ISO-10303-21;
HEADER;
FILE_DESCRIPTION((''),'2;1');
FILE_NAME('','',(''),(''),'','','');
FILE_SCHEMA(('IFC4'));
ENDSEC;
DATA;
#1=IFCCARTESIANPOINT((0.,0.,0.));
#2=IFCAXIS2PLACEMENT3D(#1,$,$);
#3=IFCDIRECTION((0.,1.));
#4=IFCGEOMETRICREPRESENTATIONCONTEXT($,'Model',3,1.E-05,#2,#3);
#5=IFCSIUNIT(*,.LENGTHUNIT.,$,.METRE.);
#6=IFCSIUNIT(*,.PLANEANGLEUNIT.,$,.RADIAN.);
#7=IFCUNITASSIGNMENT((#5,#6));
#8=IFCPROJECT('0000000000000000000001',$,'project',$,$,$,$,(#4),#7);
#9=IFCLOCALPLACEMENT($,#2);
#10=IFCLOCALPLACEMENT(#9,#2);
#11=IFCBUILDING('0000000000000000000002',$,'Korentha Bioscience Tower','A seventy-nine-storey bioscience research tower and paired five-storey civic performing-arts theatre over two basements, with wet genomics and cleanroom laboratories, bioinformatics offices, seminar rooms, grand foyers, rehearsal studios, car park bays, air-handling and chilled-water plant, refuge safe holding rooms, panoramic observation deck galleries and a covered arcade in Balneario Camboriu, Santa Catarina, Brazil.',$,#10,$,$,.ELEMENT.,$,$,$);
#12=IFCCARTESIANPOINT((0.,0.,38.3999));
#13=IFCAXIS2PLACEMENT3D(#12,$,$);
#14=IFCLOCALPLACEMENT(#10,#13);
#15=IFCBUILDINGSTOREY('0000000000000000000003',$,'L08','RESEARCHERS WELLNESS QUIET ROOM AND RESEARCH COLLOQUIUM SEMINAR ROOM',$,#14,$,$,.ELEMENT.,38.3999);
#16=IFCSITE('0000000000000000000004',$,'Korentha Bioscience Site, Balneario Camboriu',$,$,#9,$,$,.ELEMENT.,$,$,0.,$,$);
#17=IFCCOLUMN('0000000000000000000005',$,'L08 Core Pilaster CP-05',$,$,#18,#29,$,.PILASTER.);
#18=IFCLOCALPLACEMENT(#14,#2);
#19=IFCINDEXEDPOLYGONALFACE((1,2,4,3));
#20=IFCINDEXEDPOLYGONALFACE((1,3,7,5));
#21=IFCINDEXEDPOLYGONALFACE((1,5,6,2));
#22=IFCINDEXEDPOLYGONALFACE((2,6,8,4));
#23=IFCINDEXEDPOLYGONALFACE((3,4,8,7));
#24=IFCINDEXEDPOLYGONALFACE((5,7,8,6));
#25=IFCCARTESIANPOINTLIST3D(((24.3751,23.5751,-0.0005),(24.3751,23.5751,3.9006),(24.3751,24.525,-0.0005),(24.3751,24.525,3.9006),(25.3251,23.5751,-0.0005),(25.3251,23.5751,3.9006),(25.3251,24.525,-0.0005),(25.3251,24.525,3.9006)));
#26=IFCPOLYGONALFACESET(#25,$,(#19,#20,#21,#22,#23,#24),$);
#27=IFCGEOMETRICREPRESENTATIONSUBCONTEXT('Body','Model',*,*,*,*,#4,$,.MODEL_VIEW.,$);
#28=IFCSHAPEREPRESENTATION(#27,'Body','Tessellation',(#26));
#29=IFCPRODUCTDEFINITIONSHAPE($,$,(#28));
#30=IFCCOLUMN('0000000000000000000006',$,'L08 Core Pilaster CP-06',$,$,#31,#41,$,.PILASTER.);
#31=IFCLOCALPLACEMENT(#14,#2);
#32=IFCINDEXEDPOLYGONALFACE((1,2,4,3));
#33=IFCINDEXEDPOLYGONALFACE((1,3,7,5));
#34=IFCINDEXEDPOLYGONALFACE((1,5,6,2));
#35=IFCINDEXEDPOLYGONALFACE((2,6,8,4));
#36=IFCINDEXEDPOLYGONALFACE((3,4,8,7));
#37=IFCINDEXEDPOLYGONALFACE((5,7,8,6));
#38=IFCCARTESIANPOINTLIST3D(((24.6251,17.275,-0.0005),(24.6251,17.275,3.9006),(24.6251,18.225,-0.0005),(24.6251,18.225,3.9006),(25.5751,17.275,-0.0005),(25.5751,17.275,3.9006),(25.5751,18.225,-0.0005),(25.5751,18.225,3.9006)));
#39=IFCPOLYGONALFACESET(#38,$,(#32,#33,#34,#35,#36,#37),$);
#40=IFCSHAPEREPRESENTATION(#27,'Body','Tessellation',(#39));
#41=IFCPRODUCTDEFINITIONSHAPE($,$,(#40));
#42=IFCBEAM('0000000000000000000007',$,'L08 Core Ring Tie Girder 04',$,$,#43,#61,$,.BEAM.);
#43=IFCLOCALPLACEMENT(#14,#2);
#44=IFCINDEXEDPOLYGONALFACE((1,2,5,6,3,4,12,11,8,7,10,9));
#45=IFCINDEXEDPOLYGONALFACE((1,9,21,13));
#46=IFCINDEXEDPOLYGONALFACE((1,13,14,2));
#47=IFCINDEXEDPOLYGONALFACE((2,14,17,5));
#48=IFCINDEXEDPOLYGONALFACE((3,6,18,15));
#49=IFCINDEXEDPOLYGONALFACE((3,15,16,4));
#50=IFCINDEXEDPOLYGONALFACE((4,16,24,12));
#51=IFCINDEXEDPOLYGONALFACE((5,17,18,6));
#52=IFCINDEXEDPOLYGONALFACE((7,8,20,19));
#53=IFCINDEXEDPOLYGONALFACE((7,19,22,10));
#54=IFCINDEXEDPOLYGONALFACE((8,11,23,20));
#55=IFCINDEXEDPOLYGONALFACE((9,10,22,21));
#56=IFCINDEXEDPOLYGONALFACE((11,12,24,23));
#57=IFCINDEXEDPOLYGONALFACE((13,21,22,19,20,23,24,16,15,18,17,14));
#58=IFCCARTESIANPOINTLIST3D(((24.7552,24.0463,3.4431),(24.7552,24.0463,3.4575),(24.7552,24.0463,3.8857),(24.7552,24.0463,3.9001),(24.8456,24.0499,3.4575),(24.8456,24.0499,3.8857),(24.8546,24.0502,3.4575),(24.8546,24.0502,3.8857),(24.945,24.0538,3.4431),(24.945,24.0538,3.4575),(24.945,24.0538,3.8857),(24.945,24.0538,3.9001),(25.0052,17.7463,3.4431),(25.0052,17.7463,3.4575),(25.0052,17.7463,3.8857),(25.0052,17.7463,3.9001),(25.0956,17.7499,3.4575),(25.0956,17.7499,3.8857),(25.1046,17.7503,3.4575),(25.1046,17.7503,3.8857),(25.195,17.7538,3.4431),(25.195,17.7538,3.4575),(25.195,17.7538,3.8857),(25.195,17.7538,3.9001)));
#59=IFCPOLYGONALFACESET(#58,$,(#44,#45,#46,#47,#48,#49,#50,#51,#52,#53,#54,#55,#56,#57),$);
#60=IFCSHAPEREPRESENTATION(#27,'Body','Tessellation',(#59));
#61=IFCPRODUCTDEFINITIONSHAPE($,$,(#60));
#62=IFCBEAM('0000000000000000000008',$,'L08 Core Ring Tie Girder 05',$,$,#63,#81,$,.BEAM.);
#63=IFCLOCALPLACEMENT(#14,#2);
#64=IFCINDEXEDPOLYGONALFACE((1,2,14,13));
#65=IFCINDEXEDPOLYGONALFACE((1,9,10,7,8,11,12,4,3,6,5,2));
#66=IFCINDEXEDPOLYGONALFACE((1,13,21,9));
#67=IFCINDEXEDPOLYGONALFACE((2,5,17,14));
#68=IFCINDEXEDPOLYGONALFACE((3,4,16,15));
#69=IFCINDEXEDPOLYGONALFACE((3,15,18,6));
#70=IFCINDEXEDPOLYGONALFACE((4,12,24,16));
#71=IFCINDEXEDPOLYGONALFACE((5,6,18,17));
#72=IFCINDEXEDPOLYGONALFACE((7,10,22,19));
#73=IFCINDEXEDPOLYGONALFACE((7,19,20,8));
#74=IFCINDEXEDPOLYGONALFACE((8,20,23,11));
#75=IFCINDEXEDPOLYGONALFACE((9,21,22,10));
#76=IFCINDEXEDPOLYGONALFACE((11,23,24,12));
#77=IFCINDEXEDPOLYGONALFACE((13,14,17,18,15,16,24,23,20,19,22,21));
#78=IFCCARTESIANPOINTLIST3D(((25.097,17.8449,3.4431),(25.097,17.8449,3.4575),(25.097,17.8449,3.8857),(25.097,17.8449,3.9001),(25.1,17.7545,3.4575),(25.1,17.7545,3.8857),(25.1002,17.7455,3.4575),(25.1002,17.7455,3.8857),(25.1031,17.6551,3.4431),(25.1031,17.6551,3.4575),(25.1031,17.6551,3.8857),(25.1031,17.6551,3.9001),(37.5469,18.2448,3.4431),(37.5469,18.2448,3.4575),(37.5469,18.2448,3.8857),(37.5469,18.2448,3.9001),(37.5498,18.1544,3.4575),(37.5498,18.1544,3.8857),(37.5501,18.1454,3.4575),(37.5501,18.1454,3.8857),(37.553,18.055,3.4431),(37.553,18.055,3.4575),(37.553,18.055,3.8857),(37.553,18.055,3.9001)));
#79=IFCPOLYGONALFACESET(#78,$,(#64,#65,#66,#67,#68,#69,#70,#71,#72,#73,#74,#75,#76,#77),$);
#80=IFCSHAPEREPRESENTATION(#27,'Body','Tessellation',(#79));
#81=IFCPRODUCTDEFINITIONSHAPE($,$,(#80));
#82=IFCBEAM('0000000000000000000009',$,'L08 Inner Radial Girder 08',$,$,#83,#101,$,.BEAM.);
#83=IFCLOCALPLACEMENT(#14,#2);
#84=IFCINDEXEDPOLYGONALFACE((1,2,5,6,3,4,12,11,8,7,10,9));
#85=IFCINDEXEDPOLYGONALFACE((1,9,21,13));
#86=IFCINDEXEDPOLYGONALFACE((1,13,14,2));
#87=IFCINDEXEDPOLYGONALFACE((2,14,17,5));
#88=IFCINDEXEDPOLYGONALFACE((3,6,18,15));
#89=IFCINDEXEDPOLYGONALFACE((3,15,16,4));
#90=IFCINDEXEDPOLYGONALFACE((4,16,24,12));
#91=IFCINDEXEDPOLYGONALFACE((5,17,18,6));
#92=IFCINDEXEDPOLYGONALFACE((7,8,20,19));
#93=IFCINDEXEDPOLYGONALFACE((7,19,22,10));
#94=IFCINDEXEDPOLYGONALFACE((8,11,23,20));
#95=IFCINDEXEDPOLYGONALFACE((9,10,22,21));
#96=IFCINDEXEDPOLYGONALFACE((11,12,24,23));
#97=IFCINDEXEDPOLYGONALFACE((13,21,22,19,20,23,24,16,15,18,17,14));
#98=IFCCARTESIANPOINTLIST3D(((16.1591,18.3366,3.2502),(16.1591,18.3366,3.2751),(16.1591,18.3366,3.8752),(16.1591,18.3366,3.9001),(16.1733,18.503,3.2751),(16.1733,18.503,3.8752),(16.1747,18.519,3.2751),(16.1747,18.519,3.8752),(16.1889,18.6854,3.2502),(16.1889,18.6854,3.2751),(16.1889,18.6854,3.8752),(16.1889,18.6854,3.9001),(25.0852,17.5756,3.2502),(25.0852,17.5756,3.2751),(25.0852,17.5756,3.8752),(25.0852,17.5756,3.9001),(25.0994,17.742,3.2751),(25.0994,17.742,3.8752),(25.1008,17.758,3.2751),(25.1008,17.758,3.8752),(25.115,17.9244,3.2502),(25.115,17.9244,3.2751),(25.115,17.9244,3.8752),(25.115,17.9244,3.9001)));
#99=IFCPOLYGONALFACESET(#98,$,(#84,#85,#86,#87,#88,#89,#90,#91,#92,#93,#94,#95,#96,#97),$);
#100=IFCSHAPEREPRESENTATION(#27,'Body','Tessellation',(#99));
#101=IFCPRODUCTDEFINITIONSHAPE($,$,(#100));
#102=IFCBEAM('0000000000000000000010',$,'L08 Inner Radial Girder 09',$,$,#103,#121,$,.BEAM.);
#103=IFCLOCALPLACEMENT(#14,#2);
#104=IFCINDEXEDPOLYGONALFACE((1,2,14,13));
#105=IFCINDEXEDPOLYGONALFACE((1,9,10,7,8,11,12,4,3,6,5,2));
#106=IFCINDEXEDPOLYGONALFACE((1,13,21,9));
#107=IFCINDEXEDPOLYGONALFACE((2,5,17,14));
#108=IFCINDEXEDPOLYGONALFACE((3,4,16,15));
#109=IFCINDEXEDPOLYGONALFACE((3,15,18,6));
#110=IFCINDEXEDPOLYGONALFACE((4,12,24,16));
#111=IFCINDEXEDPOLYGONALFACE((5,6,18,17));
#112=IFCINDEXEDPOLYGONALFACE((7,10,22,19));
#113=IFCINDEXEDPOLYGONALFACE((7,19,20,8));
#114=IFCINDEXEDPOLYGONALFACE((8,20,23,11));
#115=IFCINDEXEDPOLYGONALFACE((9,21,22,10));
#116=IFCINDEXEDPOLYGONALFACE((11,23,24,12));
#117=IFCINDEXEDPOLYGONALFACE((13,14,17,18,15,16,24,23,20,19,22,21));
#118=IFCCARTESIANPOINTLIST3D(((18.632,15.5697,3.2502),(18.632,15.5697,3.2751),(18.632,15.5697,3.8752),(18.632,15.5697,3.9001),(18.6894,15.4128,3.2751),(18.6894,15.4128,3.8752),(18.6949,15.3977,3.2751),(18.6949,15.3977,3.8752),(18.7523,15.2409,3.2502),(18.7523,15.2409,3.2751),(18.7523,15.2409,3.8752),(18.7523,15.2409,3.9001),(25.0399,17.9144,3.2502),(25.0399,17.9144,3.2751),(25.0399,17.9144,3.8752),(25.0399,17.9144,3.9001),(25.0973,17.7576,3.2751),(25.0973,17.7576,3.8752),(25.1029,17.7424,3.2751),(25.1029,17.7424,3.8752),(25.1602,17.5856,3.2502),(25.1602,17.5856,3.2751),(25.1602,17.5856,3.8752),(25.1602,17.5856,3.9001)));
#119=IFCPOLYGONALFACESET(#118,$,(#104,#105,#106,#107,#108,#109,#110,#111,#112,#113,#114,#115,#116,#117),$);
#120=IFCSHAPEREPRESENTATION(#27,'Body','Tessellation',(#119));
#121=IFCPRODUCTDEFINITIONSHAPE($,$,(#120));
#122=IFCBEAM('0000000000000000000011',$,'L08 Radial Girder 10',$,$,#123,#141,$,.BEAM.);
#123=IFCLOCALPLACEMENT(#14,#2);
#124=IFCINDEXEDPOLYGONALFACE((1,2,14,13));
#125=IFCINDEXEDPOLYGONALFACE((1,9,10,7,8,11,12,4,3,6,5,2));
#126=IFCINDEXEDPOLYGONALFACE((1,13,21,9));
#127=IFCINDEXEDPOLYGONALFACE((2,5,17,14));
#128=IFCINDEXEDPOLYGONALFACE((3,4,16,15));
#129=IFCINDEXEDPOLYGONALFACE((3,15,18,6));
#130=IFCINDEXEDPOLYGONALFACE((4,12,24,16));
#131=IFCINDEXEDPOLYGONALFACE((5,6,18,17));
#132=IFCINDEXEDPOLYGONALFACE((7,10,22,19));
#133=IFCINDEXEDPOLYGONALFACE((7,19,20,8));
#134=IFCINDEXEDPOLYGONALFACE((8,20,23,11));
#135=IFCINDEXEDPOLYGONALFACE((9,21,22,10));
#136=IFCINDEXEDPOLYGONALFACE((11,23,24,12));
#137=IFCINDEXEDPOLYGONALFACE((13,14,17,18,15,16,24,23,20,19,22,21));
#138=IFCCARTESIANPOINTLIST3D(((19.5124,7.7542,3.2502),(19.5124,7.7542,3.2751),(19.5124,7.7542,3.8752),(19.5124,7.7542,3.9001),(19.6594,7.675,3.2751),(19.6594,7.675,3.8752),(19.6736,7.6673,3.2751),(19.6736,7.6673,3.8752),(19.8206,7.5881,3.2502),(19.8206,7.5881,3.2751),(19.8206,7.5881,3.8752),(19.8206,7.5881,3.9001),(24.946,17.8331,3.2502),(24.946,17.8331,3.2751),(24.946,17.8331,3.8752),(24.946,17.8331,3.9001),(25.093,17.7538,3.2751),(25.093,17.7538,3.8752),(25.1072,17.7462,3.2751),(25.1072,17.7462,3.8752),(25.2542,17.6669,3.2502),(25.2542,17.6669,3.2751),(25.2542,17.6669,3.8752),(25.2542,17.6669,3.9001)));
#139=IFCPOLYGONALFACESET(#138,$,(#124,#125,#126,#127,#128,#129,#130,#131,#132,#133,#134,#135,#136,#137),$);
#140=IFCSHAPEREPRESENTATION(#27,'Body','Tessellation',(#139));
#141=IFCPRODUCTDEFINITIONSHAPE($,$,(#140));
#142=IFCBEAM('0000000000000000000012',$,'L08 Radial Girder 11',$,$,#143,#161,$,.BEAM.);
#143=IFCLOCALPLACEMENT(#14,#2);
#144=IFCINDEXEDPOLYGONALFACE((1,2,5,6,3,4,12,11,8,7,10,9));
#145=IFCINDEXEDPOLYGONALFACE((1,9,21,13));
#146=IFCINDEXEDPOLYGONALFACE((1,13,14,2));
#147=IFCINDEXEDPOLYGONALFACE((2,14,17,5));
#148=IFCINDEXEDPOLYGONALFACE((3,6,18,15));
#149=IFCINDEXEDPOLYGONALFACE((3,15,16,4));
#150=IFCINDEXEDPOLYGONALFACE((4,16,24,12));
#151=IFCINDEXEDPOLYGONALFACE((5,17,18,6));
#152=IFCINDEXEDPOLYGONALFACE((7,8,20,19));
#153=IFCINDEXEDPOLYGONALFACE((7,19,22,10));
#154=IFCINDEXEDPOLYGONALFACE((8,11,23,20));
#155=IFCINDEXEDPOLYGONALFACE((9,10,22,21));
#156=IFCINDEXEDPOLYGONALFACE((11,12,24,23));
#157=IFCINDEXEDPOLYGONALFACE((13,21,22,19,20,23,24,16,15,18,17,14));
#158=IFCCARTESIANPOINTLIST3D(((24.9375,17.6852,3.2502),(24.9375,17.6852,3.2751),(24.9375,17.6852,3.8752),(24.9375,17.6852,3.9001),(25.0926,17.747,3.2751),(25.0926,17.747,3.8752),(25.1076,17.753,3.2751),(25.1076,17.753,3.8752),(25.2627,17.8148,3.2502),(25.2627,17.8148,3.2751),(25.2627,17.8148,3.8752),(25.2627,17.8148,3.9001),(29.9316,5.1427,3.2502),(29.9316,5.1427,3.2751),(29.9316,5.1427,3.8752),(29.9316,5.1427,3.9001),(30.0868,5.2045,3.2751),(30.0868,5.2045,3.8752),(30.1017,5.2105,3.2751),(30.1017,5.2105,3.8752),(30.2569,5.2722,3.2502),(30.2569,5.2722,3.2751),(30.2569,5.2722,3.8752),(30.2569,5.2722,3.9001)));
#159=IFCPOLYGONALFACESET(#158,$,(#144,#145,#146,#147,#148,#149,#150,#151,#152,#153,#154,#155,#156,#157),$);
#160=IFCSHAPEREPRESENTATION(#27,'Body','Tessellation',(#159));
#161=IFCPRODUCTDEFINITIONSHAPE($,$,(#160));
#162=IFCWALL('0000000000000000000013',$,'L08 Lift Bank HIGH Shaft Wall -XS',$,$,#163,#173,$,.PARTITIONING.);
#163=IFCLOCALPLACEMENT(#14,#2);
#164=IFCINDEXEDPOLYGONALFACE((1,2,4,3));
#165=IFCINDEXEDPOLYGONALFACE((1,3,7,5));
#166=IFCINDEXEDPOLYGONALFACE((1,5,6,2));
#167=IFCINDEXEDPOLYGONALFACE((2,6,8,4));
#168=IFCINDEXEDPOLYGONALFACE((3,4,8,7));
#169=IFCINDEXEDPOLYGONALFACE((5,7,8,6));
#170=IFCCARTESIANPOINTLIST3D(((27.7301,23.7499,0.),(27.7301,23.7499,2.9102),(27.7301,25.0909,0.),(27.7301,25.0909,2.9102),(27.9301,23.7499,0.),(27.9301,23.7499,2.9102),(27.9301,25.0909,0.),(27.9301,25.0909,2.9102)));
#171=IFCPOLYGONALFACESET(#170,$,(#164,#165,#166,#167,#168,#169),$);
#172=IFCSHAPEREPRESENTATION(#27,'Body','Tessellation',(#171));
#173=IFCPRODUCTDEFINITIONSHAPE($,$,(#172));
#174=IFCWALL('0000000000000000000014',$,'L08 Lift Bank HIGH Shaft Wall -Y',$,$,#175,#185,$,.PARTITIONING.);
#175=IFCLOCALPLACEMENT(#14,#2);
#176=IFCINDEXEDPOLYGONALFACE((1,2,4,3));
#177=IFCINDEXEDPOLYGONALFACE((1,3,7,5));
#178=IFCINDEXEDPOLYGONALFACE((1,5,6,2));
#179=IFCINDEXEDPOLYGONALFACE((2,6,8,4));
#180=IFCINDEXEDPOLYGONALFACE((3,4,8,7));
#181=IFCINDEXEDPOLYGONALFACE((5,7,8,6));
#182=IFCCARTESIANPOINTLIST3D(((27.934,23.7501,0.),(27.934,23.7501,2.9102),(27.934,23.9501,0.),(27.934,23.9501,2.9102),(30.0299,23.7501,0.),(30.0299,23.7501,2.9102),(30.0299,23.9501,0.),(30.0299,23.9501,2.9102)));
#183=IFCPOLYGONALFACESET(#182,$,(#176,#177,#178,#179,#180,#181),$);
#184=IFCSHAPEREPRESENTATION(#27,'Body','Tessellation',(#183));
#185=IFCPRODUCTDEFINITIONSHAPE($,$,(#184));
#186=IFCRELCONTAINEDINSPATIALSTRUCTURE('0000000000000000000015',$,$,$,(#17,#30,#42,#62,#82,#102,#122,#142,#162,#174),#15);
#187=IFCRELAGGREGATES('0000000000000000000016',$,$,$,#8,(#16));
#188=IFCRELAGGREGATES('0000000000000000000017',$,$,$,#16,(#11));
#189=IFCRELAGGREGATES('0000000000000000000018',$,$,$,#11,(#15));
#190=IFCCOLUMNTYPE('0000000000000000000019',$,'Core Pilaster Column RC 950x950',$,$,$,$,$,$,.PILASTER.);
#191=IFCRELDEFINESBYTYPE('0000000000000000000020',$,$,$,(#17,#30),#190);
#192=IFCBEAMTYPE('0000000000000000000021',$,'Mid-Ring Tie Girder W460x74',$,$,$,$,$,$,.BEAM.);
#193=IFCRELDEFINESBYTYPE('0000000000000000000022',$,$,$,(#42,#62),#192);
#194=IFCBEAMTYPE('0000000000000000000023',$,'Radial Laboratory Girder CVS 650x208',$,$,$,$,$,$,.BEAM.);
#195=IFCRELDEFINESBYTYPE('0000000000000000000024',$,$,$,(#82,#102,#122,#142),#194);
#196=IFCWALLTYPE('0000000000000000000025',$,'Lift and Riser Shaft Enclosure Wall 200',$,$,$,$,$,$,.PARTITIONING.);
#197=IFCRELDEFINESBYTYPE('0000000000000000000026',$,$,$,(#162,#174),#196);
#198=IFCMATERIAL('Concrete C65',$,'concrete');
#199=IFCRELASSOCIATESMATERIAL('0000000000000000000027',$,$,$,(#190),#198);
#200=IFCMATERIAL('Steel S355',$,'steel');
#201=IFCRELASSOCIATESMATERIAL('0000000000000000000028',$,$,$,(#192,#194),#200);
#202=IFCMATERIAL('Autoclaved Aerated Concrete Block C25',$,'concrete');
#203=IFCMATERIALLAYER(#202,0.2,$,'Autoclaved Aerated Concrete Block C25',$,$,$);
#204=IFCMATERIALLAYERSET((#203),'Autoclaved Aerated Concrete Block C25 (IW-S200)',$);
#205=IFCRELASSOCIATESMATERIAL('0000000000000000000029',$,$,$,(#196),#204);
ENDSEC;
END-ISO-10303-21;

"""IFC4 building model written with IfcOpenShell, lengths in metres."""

from ifc_helpers import new_model, si_unit, direction, frame, frame_2d, origin, origin_2d, place, context, subcontext, project, spatial, rectangle, i_section, extrude, material, layer, layer_set, material_profile, profile_set, type_object, element, save


model = new_model("IFC4")

# Units and contexts
model_context = context("Model", 3, precision=1e-05, world=origin(), true_north=direction((0.0, 1.0)))
body_context = subcontext(model_context, "Body", "Model", "MODEL_VIEW")
ifc_project = project(units=[si_unit("LENGTHUNIT", "METRE"), si_unit("PLANEANGLEUNIT", "RADIAN")], contexts=[model_context])

# Site, building, storey
site_placement = place(None, origin())
site = spatial("IfcSite", under=ifc_project, at=site_placement, Name="Korentha Bioscience Site, Balneario Camboriu", CompositionType="ELEMENT", RefElevation=0.0)
building_placement = place(site_placement, origin())
building = spatial("IfcBuilding", under=site, at=building_placement, Name="Korentha Bioscience Tower", Description="A seventy-nine-storey bioscience research tower and paired five-storey civic performing-arts theatre over two basements, with wet genomics and cleanroom laboratories, bioinformatics offices, seminar rooms, grand foyers, rehearsal studios, car park bays, air-handling and chilled-water plant, refuge safe holding rooms, panoramic observation deck galleries and a covered arcade in Balneario Camboriu, Santa Catarina, Brazil.", CompositionType="ELEMENT")
storey_placement = place(building_placement, frame((0.0, 0.0, 38.3999)))
storey = spatial("IfcBuildingStorey", under=building, at=storey_placement, Name="L08", Description="RESEARCHERS WELLNESS QUIET ROOM AND RESEARCH COLLOQUIUM SEMINAR ROOM", CompositionType="ELEMENT", Elevation=38.3999)

# Columns
ifc_material_1 = material(Name="Concrete C65", Category="concrete")
ifc_material_profile_1 = material_profile(ifc_material_1, rectangle(XDim=0.95, YDim=0.95, at=origin_2d()), Name="Concrete C65")
ifc_profile_set_1 = profile_set([ifc_material_profile_1], Name="Concrete C65 (COL-CP09)")
column_type = type_object("IfcColumnType", Name="Core Pilaster Column RC 950x950", PredefinedType="PILASTER", material=ifc_profile_set_1)
for number, where, z_axis, x_axis, name in (
    (1, (24.8501, 24.05, -0.0005), (0.0, 0.0, 1.0), (1.0, 0.0, 0.0), "L08 Core Pilaster CP-05"),
    (2, (25.1001, 17.75, -0.0005), (0.0, 0.0, 1.0), (1.0, 0.0, 0.0), "L08 Core Pilaster CP-06"),
):
    element("IfcColumn", number, at=place(storey_placement, frame(where, z_axis=z_axis, x_axis=x_axis)), inside=storey, type_object=column_type, Name=name, PredefinedType="PILASTER", context=body_context, shape_type="SweptSolid", body=[
        extrude(rectangle(XDim=0.95, YDim=0.95, at=origin_2d()), origin(), (0.0, 0.0, 1.0), 3.9011),
    ])

# Beams
ifc_material_2 = material(Name="Steel S355", Category="steel")
ifc_material_profile_2 = material_profile(ifc_material_2, i_section(OverallWidth=0.1899, OverallDepth=0.457, WebThickness=0.009, FlangeThickness=0.0144, at=origin_2d()), Name="Steel S355")
ifc_profile_set_2 = profile_set([ifc_material_profile_2], Name="Steel S355 (MB-460)")
beam_type_1 = type_object("IfcBeamType", Name="Mid-Ring Tie Girder W460x74", PredefinedType="BEAM", material=ifc_profile_set_2)
beam_1_placement = place(storey_placement, frame((24.8501, 24.05, 3.6716), z_axis=(0.039651, -0.999214, 0.0), x_axis=(0.999214, 0.039651, 0.0)))
element("IfcBeam", 3, at=beam_1_placement, inside=storey, type_object=beam_type_1, Name="L08 Core Ring Tie Girder 04", PredefinedType="BEAM", context=body_context, shape_type="SweptSolid", body=[
    extrude(i_section(OverallWidth=0.1899, OverallDepth=0.457, WebThickness=0.009, FlangeThickness=0.0144, at=origin_2d()), origin(), (0.0, 0.0, 1.0), 6.3049),
])
beam_2_placement = place(storey_placement, frame((25.1001, 17.75, 3.6716), z_axis=(0.999485, 0.032104, 0.0), x_axis=(-0.032104, 0.999485, 0.0)))
element("IfcBeam", 4, at=beam_2_placement, inside=storey, type_object=beam_type_1, Name="L08 Core Ring Tie Girder 05", PredefinedType="BEAM", context=body_context, shape_type="SweptSolid", body=[
    extrude(i_section(OverallWidth=0.1899, OverallDepth=0.457, WebThickness=0.009, FlangeThickness=0.0144, at=origin_2d()), origin(), (0.0, 0.0, 1.0), 12.4563),
])
ifc_material_profile_3 = material_profile(ifc_material_2, i_section(OverallWidth=0.3501, OverallDepth=0.6499, WebThickness=0.0161, FlangeThickness=0.0249, at=origin_2d()), Name="Steel S355")
ifc_profile_set_3 = profile_set([ifc_material_profile_3], Name="Steel S355 (RB-650)")
beam_type_2 = type_object("IfcBeamType", Name="Radial Laboratory Girder CVS 650x208", PredefinedType="BEAM", material=ifc_profile_set_3)
beam_3_placement = place(storey_placement, frame((25.1001, 17.75, 3.5752), z_axis=(-0.996386, 0.084947, 0.0), x_axis=(-0.084947, -0.996386, 0.0)))
element("IfcBeam", 5, at=beam_3_placement, inside=storey, type_object=beam_type_2, Name="L08 Inner Radial Girder 08", PredefinedType="BEAM", context=body_context, shape_type="SweptSolid", body=[
    extrude(i_section(OverallWidth=0.3501, OverallDepth=0.6499, WebThickness=0.0161, FlangeThickness=0.0249, at=origin_2d()), origin(), (0.0, 0.0, 1.0), 8.9585),
])
beam_4_placement = place(storey_placement, frame((25.1001, 17.75, 3.5752), z_axis=(-0.939106, -0.343627, 0.0), x_axis=(0.343627, -0.939106, 0.0)))
element("IfcBeam", 6, at=beam_4_placement, inside=storey, type_object=beam_type_2, Name="L08 Inner Radial Girder 09", PredefinedType="BEAM", context=body_context, shape_type="SweptSolid", body=[
    extrude(i_section(OverallWidth=0.3501, OverallDepth=0.6499, WebThickness=0.0161, FlangeThickness=0.0249, at=origin_2d()), origin(), (0.0, 0.0, 1.0), 6.8235),
])
beam_5_placement = place(storey_placement, frame((25.1001, 17.75, 3.5752), z_axis=(-0.474541, -0.880233, 0.0), x_axis=(0.880233, -0.474541, 0.0)))
element("IfcBeam", 7, at=beam_5_placement, inside=storey, type_object=beam_type_2, Name="L08 Radial Girder 10", PredefinedType="BEAM", context=body_context, shape_type="SweptSolid", body=[
    extrude(i_section(OverallWidth=0.3501, OverallDepth=0.6499, WebThickness=0.0161, FlangeThickness=0.0249, at=origin_2d()), origin(), (0.0, 0.0, 1.0), 11.4502),
])
beam_6_placement = place(storey_placement, frame((25.1001, 17.75, 3.5752), z_axis=(0.369931, -0.929059, 0.0), x_axis=(0.929059, 0.369931, 0.0)))
element("IfcBeam", 8, at=beam_6_placement, inside=storey, type_object=beam_type_2, Name="L08 Radial Girder 11", PredefinedType="BEAM", context=body_context, shape_type="SweptSolid", body=[
    extrude(i_section(OverallWidth=0.3501, OverallDepth=0.6499, WebThickness=0.0161, FlangeThickness=0.0249, at=origin_2d()), origin(), (0.0, 0.0, 1.0), 13.5002),
])

# Walls
ifc_material_3 = material(Name="Autoclaved Aerated Concrete Block C25", Category="concrete")
ifc_layer_1 = layer(ifc_material_3, 0.2, Name="Autoclaved Aerated Concrete Block C25")
ifc_layer_set_1 = layer_set([ifc_layer_1], Name="Autoclaved Aerated Concrete Block C25 (IW-S200)")
wall_type_1 = type_object("IfcWallType", Name="Lift and Riser Shaft Enclosure Wall 200", PredefinedType="PARTITIONING", material=ifc_layer_set_1)
wall_1_placement = place(storey_placement, frame((27.8301, 23.75, 0.0), z_axis=(0.0, 0.0, 1.0), x_axis=(0.0, 1.0, 0.0)))
element("IfcWall", 9, at=wall_1_placement, inside=storey, type_object=wall_type_1, Name="L08 Lift Bank HIGH Shaft Wall -XS", PredefinedType="PARTITIONING", context=body_context, shape_type="SweptSolid", body=[
    extrude(rectangle(XDim=1.3411, YDim=0.2, at=frame_2d((0.6704, 0.0))), origin(), (0.0, 0.0, 1.0), 2.9102),
])
wall_2_placement = place(storey_placement, frame((27.9341, 23.8501, 0.0), z_axis=(0.0, 0.0, 1.0), x_axis=(1.0, 0.0, 0.0)))
element("IfcWall", 10, at=wall_2_placement, inside=storey, type_object=wall_type_1, Name="L08 Lift Bank HIGH Shaft Wall -Y", PredefinedType="PARTITIONING", context=body_context, shape_type="SweptSolid", body=[
    extrude(rectangle(XDim=2.0959, YDim=0.2, at=frame_2d((1.0479, 0.0))), origin(), (0.0, 0.0, 1.0), 2.9102),
])

save(model, "model.ifc")
